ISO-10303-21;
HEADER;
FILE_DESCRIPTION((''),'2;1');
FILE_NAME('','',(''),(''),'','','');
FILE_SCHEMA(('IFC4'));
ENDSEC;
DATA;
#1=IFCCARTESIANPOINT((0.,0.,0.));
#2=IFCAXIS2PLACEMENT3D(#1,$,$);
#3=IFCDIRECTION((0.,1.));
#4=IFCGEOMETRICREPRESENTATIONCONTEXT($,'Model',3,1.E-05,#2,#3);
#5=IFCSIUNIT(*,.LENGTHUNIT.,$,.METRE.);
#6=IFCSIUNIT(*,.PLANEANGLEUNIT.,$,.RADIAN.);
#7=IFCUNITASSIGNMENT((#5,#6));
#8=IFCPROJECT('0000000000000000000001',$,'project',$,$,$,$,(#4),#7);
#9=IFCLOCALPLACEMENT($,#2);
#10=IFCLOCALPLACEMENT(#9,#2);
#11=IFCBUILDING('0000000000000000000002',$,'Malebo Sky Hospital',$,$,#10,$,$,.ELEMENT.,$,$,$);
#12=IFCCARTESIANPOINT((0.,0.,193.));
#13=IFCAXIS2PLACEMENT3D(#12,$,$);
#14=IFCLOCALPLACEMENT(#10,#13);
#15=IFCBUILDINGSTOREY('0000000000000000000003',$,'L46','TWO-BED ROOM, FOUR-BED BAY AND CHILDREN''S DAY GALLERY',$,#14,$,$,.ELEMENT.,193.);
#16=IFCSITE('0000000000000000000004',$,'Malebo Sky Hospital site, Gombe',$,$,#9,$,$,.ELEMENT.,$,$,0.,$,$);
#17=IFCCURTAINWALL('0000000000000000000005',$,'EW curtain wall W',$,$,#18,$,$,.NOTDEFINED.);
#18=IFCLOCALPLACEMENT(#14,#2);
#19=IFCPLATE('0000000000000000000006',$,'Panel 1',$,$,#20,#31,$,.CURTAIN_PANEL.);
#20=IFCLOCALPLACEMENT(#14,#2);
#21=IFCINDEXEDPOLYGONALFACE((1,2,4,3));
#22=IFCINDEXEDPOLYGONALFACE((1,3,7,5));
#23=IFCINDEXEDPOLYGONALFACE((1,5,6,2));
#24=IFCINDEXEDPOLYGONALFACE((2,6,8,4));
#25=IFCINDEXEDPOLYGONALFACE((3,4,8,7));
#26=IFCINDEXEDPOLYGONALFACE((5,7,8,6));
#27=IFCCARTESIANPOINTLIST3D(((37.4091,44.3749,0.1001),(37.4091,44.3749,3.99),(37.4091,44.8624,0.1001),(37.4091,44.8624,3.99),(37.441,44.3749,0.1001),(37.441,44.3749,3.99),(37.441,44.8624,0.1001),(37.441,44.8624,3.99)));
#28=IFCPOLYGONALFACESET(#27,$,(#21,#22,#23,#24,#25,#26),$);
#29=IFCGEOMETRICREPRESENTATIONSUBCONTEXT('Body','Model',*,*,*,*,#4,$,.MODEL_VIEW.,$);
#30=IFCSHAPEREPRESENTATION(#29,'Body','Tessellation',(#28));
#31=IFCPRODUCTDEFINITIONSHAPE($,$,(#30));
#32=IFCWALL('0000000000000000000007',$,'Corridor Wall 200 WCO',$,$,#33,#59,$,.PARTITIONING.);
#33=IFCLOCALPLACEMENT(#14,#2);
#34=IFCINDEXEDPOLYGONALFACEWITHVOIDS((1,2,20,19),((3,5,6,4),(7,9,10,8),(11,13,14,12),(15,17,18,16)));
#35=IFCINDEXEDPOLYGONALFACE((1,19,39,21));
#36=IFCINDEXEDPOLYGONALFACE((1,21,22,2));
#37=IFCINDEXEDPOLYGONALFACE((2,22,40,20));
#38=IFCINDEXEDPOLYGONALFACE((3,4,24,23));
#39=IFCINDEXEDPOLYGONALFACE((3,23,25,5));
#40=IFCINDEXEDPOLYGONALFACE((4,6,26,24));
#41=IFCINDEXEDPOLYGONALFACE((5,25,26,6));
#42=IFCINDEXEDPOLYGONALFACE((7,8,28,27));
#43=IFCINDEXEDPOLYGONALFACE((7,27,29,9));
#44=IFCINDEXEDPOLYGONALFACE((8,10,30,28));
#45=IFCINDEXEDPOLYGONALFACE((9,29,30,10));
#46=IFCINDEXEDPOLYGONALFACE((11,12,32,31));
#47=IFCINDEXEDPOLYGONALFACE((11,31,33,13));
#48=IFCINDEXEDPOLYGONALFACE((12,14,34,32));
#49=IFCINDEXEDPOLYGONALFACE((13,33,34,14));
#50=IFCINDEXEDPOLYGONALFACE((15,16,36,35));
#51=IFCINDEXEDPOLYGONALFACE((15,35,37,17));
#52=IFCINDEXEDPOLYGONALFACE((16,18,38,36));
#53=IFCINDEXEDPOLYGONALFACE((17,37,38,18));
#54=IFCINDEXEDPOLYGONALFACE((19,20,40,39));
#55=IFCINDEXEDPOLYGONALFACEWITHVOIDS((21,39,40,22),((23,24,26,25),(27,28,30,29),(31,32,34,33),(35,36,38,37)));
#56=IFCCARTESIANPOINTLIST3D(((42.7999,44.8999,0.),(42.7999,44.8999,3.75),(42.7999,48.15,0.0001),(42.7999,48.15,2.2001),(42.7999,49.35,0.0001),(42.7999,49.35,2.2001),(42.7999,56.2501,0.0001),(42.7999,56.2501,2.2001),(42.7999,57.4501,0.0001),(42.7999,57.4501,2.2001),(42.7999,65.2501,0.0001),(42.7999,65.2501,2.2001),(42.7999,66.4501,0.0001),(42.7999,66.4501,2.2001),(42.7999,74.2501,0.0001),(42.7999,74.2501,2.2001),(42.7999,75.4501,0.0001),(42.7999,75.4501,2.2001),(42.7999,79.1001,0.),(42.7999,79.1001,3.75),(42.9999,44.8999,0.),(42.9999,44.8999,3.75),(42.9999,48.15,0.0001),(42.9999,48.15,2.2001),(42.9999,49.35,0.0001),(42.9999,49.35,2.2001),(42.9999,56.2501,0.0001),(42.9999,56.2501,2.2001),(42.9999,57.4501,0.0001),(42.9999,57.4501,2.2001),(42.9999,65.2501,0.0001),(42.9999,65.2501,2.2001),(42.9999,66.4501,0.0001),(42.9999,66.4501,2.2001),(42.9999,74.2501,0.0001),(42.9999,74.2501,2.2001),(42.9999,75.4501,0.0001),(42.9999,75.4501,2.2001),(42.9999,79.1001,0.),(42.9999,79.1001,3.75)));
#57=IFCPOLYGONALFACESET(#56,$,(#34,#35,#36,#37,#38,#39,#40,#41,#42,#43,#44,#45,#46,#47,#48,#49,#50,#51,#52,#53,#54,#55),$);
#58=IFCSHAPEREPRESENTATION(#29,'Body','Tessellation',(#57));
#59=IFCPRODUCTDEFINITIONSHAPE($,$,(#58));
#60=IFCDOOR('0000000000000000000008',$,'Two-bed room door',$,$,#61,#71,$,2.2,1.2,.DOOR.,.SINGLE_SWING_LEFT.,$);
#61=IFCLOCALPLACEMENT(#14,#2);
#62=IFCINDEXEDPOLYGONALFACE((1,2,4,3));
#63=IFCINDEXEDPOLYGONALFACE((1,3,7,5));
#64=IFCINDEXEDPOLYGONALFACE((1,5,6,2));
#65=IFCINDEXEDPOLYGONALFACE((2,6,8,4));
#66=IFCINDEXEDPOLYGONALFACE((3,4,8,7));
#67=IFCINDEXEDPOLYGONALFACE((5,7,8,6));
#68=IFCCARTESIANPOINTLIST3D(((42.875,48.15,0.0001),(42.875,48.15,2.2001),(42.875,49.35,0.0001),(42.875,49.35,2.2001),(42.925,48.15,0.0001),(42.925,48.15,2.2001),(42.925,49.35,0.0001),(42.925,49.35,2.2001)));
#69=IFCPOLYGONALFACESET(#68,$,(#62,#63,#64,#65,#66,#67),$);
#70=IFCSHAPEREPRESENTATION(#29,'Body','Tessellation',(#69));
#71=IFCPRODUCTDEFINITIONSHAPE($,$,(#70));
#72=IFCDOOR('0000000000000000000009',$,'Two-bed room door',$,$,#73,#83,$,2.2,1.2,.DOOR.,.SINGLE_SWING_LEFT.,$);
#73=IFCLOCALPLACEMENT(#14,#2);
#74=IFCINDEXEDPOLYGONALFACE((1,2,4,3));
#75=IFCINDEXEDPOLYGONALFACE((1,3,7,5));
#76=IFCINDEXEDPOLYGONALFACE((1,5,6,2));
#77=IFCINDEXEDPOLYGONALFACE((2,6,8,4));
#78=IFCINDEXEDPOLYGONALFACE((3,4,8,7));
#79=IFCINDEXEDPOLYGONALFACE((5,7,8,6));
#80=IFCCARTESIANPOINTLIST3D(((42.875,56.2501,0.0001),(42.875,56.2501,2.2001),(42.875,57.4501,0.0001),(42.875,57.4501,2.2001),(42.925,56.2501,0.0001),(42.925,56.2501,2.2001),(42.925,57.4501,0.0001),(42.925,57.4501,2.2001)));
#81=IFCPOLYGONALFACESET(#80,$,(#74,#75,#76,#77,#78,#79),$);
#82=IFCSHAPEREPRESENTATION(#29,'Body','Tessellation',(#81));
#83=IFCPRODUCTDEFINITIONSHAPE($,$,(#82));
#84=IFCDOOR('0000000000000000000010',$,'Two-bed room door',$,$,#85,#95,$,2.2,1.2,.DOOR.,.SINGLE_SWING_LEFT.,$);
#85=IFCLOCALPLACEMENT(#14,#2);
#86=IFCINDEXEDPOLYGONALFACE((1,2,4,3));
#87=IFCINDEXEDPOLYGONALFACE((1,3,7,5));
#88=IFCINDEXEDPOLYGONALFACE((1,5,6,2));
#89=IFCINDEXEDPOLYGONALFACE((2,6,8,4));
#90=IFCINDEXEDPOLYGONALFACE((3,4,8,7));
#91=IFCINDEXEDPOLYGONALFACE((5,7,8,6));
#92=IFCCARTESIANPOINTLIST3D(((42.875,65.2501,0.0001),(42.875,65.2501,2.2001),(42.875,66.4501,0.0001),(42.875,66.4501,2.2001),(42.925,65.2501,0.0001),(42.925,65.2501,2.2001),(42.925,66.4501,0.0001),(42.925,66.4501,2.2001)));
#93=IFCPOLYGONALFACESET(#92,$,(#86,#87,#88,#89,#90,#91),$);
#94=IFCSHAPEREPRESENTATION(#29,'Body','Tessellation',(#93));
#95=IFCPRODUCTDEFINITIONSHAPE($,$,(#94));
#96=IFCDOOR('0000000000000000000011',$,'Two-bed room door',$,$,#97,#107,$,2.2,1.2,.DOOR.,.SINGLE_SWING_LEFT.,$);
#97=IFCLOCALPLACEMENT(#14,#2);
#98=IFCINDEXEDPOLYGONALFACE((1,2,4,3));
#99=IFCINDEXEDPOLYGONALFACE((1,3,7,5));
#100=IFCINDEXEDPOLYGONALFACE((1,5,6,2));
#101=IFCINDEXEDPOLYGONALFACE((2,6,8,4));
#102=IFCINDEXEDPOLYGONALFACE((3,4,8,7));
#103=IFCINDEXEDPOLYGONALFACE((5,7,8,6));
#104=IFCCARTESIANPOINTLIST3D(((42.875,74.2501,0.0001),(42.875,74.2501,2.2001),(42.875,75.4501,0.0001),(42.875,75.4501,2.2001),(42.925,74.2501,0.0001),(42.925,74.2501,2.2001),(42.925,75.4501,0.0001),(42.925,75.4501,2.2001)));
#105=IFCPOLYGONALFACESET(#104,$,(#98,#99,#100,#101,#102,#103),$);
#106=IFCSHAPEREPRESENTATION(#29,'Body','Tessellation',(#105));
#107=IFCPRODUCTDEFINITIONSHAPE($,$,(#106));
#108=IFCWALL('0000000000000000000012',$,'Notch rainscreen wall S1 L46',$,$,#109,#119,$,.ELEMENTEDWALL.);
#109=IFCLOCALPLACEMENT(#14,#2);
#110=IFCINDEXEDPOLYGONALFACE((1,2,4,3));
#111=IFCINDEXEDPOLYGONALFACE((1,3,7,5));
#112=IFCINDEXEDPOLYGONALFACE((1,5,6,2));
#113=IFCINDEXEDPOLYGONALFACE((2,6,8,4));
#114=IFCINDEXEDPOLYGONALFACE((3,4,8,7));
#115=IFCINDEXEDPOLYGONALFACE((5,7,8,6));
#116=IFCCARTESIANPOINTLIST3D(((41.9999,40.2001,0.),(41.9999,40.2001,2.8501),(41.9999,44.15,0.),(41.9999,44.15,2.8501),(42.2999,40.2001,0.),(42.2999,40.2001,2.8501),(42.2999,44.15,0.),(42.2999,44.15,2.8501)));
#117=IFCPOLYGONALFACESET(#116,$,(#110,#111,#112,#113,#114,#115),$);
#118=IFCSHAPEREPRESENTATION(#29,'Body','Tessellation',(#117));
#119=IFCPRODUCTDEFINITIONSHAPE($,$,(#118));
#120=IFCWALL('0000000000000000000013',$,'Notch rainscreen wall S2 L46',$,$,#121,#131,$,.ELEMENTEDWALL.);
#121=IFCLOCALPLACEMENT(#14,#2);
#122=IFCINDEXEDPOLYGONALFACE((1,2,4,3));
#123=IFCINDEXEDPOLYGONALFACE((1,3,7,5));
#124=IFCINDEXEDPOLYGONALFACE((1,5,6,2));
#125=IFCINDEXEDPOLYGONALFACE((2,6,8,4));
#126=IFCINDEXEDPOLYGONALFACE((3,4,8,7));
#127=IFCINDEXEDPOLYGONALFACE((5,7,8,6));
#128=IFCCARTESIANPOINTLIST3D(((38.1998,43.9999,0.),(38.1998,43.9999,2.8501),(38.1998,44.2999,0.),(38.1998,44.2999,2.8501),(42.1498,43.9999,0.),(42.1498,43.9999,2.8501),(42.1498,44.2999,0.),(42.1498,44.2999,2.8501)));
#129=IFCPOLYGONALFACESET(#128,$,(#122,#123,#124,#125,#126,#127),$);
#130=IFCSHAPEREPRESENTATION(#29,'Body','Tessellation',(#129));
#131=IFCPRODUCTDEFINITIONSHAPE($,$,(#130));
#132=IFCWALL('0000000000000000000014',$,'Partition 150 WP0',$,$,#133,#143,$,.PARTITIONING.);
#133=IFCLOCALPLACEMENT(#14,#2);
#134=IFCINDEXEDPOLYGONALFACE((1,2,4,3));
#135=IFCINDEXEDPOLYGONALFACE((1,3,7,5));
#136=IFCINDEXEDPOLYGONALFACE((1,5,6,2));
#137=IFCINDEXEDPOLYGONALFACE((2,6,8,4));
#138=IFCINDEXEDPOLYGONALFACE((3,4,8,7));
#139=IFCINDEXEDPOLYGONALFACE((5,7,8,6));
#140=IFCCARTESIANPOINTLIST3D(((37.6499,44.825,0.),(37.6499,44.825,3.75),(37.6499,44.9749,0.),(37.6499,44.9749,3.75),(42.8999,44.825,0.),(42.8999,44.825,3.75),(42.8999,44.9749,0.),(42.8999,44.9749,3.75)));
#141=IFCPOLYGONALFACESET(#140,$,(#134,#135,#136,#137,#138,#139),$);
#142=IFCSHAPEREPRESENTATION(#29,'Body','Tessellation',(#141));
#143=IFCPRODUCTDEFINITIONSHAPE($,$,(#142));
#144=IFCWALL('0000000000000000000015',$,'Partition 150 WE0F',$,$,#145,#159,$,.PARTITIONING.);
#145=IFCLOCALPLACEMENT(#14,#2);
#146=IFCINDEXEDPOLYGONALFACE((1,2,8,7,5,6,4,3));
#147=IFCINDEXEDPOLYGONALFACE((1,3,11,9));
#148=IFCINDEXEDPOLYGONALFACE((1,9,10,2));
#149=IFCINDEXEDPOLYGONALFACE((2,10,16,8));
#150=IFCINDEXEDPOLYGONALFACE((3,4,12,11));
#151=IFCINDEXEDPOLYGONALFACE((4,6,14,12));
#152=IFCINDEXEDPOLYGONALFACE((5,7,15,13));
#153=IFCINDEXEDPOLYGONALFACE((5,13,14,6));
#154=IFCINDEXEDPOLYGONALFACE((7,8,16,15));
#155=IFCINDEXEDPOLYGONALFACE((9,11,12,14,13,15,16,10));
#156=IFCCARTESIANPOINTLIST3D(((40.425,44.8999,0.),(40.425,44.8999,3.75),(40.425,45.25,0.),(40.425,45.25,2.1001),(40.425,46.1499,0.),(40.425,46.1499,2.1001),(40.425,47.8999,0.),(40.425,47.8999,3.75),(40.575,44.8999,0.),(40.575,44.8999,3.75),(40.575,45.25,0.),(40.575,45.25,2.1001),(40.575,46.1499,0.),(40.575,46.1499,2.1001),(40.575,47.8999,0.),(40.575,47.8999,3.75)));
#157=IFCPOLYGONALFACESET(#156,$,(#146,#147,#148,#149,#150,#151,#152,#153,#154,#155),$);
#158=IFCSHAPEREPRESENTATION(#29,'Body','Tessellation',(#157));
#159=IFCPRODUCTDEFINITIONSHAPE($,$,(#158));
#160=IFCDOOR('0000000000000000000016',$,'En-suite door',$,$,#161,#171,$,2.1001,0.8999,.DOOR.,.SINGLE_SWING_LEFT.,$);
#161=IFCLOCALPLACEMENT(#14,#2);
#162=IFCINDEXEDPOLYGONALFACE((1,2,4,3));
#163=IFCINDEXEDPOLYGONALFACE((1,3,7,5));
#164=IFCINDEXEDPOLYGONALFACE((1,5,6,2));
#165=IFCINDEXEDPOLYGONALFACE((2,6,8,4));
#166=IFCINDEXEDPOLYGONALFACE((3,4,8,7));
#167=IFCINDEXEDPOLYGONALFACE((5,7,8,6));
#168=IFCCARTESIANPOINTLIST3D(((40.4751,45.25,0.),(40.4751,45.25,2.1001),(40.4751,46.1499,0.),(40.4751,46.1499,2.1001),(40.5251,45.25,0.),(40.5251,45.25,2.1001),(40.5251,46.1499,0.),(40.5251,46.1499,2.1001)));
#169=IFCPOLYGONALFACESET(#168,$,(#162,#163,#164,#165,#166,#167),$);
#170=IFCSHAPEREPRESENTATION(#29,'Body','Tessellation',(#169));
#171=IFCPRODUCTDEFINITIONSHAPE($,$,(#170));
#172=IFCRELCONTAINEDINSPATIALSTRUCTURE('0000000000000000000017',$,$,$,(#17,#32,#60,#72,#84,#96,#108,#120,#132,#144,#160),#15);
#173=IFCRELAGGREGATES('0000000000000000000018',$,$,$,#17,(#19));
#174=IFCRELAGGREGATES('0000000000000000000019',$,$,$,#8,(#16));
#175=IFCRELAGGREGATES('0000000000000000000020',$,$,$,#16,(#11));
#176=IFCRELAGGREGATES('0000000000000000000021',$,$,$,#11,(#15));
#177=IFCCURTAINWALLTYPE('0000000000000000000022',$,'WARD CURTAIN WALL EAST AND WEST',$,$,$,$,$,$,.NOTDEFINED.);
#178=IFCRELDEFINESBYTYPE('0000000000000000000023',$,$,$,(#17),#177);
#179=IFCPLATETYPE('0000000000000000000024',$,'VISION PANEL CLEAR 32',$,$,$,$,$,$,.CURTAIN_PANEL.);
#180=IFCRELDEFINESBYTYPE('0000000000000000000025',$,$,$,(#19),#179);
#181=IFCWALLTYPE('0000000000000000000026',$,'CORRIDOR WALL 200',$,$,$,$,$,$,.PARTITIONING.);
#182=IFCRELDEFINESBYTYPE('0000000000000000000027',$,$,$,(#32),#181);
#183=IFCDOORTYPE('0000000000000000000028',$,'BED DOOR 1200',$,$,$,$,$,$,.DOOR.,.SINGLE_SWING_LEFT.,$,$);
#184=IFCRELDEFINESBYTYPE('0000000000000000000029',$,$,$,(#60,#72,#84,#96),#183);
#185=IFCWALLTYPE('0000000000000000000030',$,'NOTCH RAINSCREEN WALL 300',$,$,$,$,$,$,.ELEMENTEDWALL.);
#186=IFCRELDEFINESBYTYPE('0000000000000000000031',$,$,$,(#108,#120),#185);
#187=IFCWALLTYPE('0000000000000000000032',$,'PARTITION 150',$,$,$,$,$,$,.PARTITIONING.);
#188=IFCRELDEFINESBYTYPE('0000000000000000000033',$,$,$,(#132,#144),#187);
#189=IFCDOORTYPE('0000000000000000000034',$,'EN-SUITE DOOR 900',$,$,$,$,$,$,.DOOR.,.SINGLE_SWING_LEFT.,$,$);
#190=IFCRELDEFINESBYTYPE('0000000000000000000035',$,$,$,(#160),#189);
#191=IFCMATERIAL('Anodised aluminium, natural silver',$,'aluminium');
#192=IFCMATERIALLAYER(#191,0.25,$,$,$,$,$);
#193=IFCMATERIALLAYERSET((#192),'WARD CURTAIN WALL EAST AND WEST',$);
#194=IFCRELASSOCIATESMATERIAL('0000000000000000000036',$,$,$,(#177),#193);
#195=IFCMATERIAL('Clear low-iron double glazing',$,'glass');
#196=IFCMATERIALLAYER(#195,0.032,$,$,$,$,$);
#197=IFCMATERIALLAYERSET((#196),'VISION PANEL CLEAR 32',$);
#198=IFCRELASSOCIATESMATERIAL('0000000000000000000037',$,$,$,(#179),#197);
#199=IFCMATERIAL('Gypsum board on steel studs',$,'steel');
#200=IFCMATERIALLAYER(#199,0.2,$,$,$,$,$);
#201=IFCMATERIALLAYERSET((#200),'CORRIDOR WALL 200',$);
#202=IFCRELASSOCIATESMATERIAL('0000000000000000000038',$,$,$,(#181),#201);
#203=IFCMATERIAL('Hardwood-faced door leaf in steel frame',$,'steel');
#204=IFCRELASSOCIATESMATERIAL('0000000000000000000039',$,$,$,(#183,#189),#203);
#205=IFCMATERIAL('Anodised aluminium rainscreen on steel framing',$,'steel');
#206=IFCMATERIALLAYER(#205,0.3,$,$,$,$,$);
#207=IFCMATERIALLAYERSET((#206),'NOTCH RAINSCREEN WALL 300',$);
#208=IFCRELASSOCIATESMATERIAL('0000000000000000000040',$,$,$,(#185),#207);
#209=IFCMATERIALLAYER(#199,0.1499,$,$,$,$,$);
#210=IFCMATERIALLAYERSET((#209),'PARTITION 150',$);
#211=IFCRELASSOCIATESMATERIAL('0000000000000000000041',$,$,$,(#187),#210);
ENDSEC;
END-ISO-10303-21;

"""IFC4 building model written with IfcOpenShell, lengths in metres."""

from ifc_helpers import new_model, si_unit, direction, frame, frame_2d, origin, origin_2d, place, context, subcontext, project, spatial, rectangle, extrude, material, layer, layer_set, type_object, element, fill, aggregate, save


model = new_model("IFC4")

# Units and contexts
model_context = context("Model", 3, precision=1e-05, world=origin(), true_north=direction((0.0, 1.0)))
body_context = subcontext(model_context, "Body", "Model", "MODEL_VIEW")
ifc_project = project(units=[si_unit("LENGTHUNIT", "METRE"), si_unit("PLANEANGLEUNIT", "RADIAN")], contexts=[model_context])

# Site, building, storey
site_placement = place(None, origin())
site = spatial("IfcSite", under=ifc_project, at=site_placement, Name="Malebo Sky Hospital site, Gombe", CompositionType="ELEMENT", RefElevation=0.0)
building_placement = place(site_placement, origin())
building = spatial("IfcBuilding", under=site, at=building_placement, Name="Malebo Sky Hospital", CompositionType="ELEMENT")
storey_placement = place(building_placement, frame((0.0, 0.0, 193.0)))
storey = spatial("IfcBuildingStorey", under=building, at=storey_placement, Name="L46", Description="TWO-BED ROOM, FOUR-BED BAY AND CHILDREN'S DAY GALLERY", CompositionType="ELEMENT", Elevation=193.0)

# Curtain wall
ifc_material_1 = material(Name="Anodised aluminium, natural silver", Category="aluminium")
ifc_layer_1 = layer(ifc_material_1, 0.25)
ifc_layer_set_1 = layer_set([ifc_layer_1], Name="WARD CURTAIN WALL EAST AND WEST")
curtain_wall_type_1 = type_object("IfcCurtainWallType", Name="WARD CURTAIN WALL EAST AND WEST", PredefinedType="NOTDEFINED", material=ifc_layer_set_1)
curtain_wall_1_placement = place(storey_placement, origin())
curtain_wall_1 = element("IfcCurtainWall", 1, at=curtain_wall_1_placement, inside=storey, type_object=curtain_wall_type_1, Name="EW curtain wall W", PredefinedType="NOTDEFINED")

# Plate
ifc_material_2 = material(Name="Clear low-iron double glazing", Category="glass")
ifc_layer_2 = layer(ifc_material_2, 0.032)
ifc_layer_set_2 = layer_set([ifc_layer_2], Name="VISION PANEL CLEAR 32")
plate_type = type_object("IfcPlateType", Name="VISION PANEL CLEAR 32", PredefinedType="CURTAIN_PANEL", material=ifc_layer_set_2)
plate_placement = place(storey_placement, frame((37.425, 44.6187, 0.1001), z_axis=(0.0, 0.0, 1.0), x_axis=(0.0, 1.0, 0.0)))
plate = element("IfcPlate", 2, at=plate_placement, type_object=plate_type, Name="Panel 1", PredefinedType="CURTAIN_PANEL", context=body_context, shape_type="SweptSolid", body=[
    extrude(rectangle(XDim=0.4875, YDim=0.032, at=origin_2d()), origin(), (0.0, 0.0, 1.0), 3.8899),
])
aggregate(curtain_wall_1, [plate])

# Wall, openings, doors
ifc_material_3 = material(Name="Gypsum board on steel studs", Category="steel")
ifc_layer_3 = layer(ifc_material_3, 0.2)
ifc_layer_set_3 = layer_set([ifc_layer_3], Name="CORRIDOR WALL 200")
wall_type_1 = type_object("IfcWallType", Name="CORRIDOR WALL 200", PredefinedType="PARTITIONING", material=ifc_layer_set_3)
wall_1_placement = place(storey_placement, frame((42.8999, 44.8999, 0.0), z_axis=(0.0, 0.0, 1.0), x_axis=(0.0, 1.0, 0.0)))
wall_1 = element("IfcWall", 3, at=wall_1_placement, inside=storey, type_object=wall_type_1, Name="Corridor Wall 200 WCO", PredefinedType="PARTITIONING", context=body_context, shape_type="SweptSolid", body=[
    extrude(rectangle(XDim=34.2002, YDim=0.2, at=frame_2d((17.1001, 0.0))), origin(), (0.0, 0.0, 1.0), 3.75),
])
opening_1_placement = place(wall_1_placement, frame((3.25, 0.0, 0.0)))
opening_1 = element("IfcOpeningElement", 4, at=opening_1_placement, cuts=wall_1, PredefinedType="OPENING", context=body_context, shape_type="SweptSolid", body=[
    extrude(rectangle(XDim=1.2, YDim=2.2, at=frame_2d((0.6001, 1.1001))), frame((0.0, 0.1099, 0.0), z_axis=(0.0, -1.0, 0.0), x_axis=(1.0, 0.0, 0.0)), (0.0, 0.0, 1.0), 0.22),
])
opening_2_placement = place(wall_1_placement, frame((11.3501, 0.0, 0.0)))
opening_2 = element("IfcOpeningElement", 5, at=opening_2_placement, cuts=wall_1, PredefinedType="OPENING", context=body_context, shape_type="SweptSolid", body=[
    extrude(rectangle(XDim=1.2, YDim=2.2, at=frame_2d((0.6001, 1.1001))), frame((0.0, 0.1099, 0.0), z_axis=(0.0, -1.0, 0.0), x_axis=(1.0, 0.0, 0.0)), (0.0, 0.0, 1.0), 0.22),
])
opening_3_placement = place(wall_1_placement, frame((20.3501, 0.0, 0.0)))
opening_3 = element("IfcOpeningElement", 6, at=opening_3_placement, cuts=wall_1, PredefinedType="OPENING", context=body_context, shape_type="SweptSolid", body=[
    extrude(rectangle(XDim=1.2, YDim=2.2, at=frame_2d((0.6001, 1.1001))), frame((0.0, 0.1099, 0.0), z_axis=(0.0, -1.0, 0.0), x_axis=(1.0, 0.0, 0.0)), (0.0, 0.0, 1.0), 0.22),
])
opening_4_placement = place(wall_1_placement, frame((29.3501, 0.0, 0.0)))
opening_4 = element("IfcOpeningElement", 7, at=opening_4_placement, cuts=wall_1, PredefinedType="OPENING", context=body_context, shape_type="SweptSolid", body=[
    extrude(rectangle(XDim=1.2, YDim=2.2, at=frame_2d((0.6001, 1.1001))), frame((0.0, 0.1099, 0.0), z_axis=(0.0, -1.0, 0.0), x_axis=(1.0, 0.0, 0.0)), (0.0, 0.0, 1.0), 0.22),
])
ifc_material_4 = material(Name="Hardwood-faced door leaf in steel frame", Category="steel")
door_type_1 = type_object("IfcDoorType", Name="BED DOOR 1200", OperationType="SINGLE_SWING_LEFT", PredefinedType="DOOR", material=ifc_material_4)
door_1_placement = place(opening_1_placement, origin())
door_1 = element("IfcDoor", 8, at=door_1_placement, inside=storey, type_object=door_type_1, Name="Two-bed room door", OperationType="SINGLE_SWING_LEFT", OverallHeight=2.2, OverallWidth=1.2, PredefinedType="DOOR", context=body_context, shape_type="SweptSolid", body=[
    extrude(rectangle(XDim=1.2, YDim=2.2, at=frame_2d((0.6001, 1.1001))), frame((0.0, 0.0249, 0.0), z_axis=(0.0, -1.0, 0.0), x_axis=(1.0, 0.0, 0.0)), (0.0, 0.0, 1.0), 0.05),
])
fill(opening_1, door_1)
door_2_placement = place(opening_2_placement, origin())
door_2 = element("IfcDoor", 9, at=door_2_placement, inside=storey, type_object=door_type_1, Name="Two-bed room door", OperationType="SINGLE_SWING_LEFT", OverallHeight=2.2, OverallWidth=1.2, PredefinedType="DOOR", context=body_context, shape_type="SweptSolid", body=[
    extrude(rectangle(XDim=1.2, YDim=2.2, at=frame_2d((0.6001, 1.1001))), frame((0.0, 0.0249, 0.0), z_axis=(0.0, -1.0, 0.0), x_axis=(1.0, 0.0, 0.0)), (0.0, 0.0, 1.0), 0.05),
])
fill(opening_2, door_2)
door_3_placement = place(opening_3_placement, origin())
door_3 = element("IfcDoor", 10, at=door_3_placement, inside=storey, type_object=door_type_1, Name="Two-bed room door", OperationType="SINGLE_SWING_LEFT", OverallHeight=2.2, OverallWidth=1.2, PredefinedType="DOOR", context=body_context, shape_type="SweptSolid", body=[
    extrude(rectangle(XDim=1.2, YDim=2.2, at=frame_2d((0.6001, 1.1001))), frame((0.0, 0.0249, 0.0), z_axis=(0.0, -1.0, 0.0), x_axis=(1.0, 0.0, 0.0)), (0.0, 0.0, 1.0), 0.05),
])
fill(opening_3, door_3)
door_4_placement = place(opening_4_placement, origin())
door_4 = element("IfcDoor", 11, at=door_4_placement, inside=storey, type_object=door_type_1, Name="Two-bed room door", OperationType="SINGLE_SWING_LEFT", OverallHeight=2.2, OverallWidth=1.2, PredefinedType="DOOR", context=body_context, shape_type="SweptSolid", body=[
    extrude(rectangle(XDim=1.2, YDim=2.2, at=frame_2d((0.6001, 1.1001))), frame((0.0, 0.0249, 0.0), z_axis=(0.0, -1.0, 0.0), x_axis=(1.0, 0.0, 0.0)), (0.0, 0.0, 1.0), 0.05),
])
fill(opening_4, door_4)

# Walls
ifc_material_5 = material(Name="Anodised aluminium rainscreen on steel framing", Category="steel")
ifc_layer_4 = layer(ifc_material_5, 0.3)
ifc_layer_set_4 = layer_set([ifc_layer_4], Name="NOTCH RAINSCREEN WALL 300")
wall_type_2 = type_object("IfcWallType", Name="NOTCH RAINSCREEN WALL 300", PredefinedType="ELEMENTEDWALL", material=ifc_layer_set_4)
for number, where, z_axis, x_axis, name in (
    (12, (42.1499, 40.2, 0.0), (0.0, 0.0, 1.0), (0.0, 1.0, 0.0), "Notch rainscreen wall S1 L46"),
    (13, (42.1499, 44.1499, 0.0), (0.0, 0.0, 1.0), (-1.0, 0.0, 0.0), "Notch rainscreen wall S2 L46"),
):
    element("IfcWall", number, at=place(storey_placement, frame(where, z_axis=z_axis, x_axis=x_axis)), inside=storey, type_object=wall_type_2, Name=name, PredefinedType="ELEMENTEDWALL", context=body_context, shape_type="SweptSolid", body=[
        extrude(rectangle(XDim=3.95, YDim=0.3, at=frame_2d((1.9751, 0.0))), origin(), (0.0, 0.0, 1.0), 2.8501),
    ])
ifc_layer_5 = layer(ifc_material_3, 0.1499)
ifc_layer_set_5 = layer_set([ifc_layer_5], Name="PARTITION 150")
wall_type_3 = type_object("IfcWallType", Name="PARTITION 150", PredefinedType="PARTITIONING", material=ifc_layer_set_5)
wall_2_placement = place(storey_placement, frame((42.8999, 44.8999, 0.0), z_axis=(0.0, 0.0, 1.0), x_axis=(-1.0, 0.0, 0.0)))
element("IfcWall", 14, at=wall_2_placement, inside=storey, type_object=wall_type_3, Name="Partition 150 WP0", PredefinedType="PARTITIONING", context=body_context, shape_type="SweptSolid", body=[
    extrude(rectangle(XDim=5.25, YDim=0.1499, at=frame_2d((2.625, 0.0))), origin(), (0.0, 0.0, 1.0), 3.75),
])

# Wall, opening, door
wall_3_placement = place(storey_placement, frame((40.5, 44.8999, 0.0), z_axis=(0.0, 0.0, 1.0), x_axis=(0.0, 1.0, 0.0)))
wall_3 = element("IfcWall", 15, at=wall_3_placement, inside=storey, type_object=wall_type_3, Name="Partition 150 WE0F", PredefinedType="PARTITIONING", context=body_context, shape_type="SweptSolid", body=[
    extrude(rectangle(XDim=3.0, YDim=0.1499, at=frame_2d((1.5, 0.0))), origin(), (0.0, 0.0, 1.0), 3.75),
])
opening_5_placement = place(wall_3_placement, frame((0.3501, 0.0, 0.0)))
opening_5 = element("IfcOpeningElement", 16, at=opening_5_placement, cuts=wall_3, PredefinedType="OPENING", context=body_context, shape_type="SweptSolid", body=[
    extrude(rectangle(XDim=0.8999, YDim=2.1001, at=frame_2d((0.45, 1.05))), frame((0.0, 0.085, 0.0), z_axis=(0.0, -1.0, 0.0), x_axis=(1.0, 0.0, 0.0)), (0.0, 0.0, 1.0), 0.1699),
])
door_type_2 = type_object("IfcDoorType", Name="EN-SUITE DOOR 900", OperationType="SINGLE_SWING_LEFT", PredefinedType="DOOR", material=ifc_material_4)
door_5_placement = place(opening_5_placement, origin())
door_5 = element("IfcDoor", 17, at=door_5_placement, inside=storey, type_object=door_type_2, Name="En-suite door", OperationType="SINGLE_SWING_LEFT", OverallHeight=2.1001, OverallWidth=0.8999, PredefinedType="DOOR", context=body_context, shape_type="SweptSolid", body=[
    extrude(rectangle(XDim=0.8999, YDim=2.1001, at=frame_2d((0.45, 1.05))), frame((0.0, 0.0249, 0.0), z_axis=(0.0, -1.0, 0.0), x_axis=(1.0, 0.0, 0.0)), (0.0, 0.0, 1.0), 0.05),
])
fill(opening_5, door_5)

save(model, "model.ifc")
